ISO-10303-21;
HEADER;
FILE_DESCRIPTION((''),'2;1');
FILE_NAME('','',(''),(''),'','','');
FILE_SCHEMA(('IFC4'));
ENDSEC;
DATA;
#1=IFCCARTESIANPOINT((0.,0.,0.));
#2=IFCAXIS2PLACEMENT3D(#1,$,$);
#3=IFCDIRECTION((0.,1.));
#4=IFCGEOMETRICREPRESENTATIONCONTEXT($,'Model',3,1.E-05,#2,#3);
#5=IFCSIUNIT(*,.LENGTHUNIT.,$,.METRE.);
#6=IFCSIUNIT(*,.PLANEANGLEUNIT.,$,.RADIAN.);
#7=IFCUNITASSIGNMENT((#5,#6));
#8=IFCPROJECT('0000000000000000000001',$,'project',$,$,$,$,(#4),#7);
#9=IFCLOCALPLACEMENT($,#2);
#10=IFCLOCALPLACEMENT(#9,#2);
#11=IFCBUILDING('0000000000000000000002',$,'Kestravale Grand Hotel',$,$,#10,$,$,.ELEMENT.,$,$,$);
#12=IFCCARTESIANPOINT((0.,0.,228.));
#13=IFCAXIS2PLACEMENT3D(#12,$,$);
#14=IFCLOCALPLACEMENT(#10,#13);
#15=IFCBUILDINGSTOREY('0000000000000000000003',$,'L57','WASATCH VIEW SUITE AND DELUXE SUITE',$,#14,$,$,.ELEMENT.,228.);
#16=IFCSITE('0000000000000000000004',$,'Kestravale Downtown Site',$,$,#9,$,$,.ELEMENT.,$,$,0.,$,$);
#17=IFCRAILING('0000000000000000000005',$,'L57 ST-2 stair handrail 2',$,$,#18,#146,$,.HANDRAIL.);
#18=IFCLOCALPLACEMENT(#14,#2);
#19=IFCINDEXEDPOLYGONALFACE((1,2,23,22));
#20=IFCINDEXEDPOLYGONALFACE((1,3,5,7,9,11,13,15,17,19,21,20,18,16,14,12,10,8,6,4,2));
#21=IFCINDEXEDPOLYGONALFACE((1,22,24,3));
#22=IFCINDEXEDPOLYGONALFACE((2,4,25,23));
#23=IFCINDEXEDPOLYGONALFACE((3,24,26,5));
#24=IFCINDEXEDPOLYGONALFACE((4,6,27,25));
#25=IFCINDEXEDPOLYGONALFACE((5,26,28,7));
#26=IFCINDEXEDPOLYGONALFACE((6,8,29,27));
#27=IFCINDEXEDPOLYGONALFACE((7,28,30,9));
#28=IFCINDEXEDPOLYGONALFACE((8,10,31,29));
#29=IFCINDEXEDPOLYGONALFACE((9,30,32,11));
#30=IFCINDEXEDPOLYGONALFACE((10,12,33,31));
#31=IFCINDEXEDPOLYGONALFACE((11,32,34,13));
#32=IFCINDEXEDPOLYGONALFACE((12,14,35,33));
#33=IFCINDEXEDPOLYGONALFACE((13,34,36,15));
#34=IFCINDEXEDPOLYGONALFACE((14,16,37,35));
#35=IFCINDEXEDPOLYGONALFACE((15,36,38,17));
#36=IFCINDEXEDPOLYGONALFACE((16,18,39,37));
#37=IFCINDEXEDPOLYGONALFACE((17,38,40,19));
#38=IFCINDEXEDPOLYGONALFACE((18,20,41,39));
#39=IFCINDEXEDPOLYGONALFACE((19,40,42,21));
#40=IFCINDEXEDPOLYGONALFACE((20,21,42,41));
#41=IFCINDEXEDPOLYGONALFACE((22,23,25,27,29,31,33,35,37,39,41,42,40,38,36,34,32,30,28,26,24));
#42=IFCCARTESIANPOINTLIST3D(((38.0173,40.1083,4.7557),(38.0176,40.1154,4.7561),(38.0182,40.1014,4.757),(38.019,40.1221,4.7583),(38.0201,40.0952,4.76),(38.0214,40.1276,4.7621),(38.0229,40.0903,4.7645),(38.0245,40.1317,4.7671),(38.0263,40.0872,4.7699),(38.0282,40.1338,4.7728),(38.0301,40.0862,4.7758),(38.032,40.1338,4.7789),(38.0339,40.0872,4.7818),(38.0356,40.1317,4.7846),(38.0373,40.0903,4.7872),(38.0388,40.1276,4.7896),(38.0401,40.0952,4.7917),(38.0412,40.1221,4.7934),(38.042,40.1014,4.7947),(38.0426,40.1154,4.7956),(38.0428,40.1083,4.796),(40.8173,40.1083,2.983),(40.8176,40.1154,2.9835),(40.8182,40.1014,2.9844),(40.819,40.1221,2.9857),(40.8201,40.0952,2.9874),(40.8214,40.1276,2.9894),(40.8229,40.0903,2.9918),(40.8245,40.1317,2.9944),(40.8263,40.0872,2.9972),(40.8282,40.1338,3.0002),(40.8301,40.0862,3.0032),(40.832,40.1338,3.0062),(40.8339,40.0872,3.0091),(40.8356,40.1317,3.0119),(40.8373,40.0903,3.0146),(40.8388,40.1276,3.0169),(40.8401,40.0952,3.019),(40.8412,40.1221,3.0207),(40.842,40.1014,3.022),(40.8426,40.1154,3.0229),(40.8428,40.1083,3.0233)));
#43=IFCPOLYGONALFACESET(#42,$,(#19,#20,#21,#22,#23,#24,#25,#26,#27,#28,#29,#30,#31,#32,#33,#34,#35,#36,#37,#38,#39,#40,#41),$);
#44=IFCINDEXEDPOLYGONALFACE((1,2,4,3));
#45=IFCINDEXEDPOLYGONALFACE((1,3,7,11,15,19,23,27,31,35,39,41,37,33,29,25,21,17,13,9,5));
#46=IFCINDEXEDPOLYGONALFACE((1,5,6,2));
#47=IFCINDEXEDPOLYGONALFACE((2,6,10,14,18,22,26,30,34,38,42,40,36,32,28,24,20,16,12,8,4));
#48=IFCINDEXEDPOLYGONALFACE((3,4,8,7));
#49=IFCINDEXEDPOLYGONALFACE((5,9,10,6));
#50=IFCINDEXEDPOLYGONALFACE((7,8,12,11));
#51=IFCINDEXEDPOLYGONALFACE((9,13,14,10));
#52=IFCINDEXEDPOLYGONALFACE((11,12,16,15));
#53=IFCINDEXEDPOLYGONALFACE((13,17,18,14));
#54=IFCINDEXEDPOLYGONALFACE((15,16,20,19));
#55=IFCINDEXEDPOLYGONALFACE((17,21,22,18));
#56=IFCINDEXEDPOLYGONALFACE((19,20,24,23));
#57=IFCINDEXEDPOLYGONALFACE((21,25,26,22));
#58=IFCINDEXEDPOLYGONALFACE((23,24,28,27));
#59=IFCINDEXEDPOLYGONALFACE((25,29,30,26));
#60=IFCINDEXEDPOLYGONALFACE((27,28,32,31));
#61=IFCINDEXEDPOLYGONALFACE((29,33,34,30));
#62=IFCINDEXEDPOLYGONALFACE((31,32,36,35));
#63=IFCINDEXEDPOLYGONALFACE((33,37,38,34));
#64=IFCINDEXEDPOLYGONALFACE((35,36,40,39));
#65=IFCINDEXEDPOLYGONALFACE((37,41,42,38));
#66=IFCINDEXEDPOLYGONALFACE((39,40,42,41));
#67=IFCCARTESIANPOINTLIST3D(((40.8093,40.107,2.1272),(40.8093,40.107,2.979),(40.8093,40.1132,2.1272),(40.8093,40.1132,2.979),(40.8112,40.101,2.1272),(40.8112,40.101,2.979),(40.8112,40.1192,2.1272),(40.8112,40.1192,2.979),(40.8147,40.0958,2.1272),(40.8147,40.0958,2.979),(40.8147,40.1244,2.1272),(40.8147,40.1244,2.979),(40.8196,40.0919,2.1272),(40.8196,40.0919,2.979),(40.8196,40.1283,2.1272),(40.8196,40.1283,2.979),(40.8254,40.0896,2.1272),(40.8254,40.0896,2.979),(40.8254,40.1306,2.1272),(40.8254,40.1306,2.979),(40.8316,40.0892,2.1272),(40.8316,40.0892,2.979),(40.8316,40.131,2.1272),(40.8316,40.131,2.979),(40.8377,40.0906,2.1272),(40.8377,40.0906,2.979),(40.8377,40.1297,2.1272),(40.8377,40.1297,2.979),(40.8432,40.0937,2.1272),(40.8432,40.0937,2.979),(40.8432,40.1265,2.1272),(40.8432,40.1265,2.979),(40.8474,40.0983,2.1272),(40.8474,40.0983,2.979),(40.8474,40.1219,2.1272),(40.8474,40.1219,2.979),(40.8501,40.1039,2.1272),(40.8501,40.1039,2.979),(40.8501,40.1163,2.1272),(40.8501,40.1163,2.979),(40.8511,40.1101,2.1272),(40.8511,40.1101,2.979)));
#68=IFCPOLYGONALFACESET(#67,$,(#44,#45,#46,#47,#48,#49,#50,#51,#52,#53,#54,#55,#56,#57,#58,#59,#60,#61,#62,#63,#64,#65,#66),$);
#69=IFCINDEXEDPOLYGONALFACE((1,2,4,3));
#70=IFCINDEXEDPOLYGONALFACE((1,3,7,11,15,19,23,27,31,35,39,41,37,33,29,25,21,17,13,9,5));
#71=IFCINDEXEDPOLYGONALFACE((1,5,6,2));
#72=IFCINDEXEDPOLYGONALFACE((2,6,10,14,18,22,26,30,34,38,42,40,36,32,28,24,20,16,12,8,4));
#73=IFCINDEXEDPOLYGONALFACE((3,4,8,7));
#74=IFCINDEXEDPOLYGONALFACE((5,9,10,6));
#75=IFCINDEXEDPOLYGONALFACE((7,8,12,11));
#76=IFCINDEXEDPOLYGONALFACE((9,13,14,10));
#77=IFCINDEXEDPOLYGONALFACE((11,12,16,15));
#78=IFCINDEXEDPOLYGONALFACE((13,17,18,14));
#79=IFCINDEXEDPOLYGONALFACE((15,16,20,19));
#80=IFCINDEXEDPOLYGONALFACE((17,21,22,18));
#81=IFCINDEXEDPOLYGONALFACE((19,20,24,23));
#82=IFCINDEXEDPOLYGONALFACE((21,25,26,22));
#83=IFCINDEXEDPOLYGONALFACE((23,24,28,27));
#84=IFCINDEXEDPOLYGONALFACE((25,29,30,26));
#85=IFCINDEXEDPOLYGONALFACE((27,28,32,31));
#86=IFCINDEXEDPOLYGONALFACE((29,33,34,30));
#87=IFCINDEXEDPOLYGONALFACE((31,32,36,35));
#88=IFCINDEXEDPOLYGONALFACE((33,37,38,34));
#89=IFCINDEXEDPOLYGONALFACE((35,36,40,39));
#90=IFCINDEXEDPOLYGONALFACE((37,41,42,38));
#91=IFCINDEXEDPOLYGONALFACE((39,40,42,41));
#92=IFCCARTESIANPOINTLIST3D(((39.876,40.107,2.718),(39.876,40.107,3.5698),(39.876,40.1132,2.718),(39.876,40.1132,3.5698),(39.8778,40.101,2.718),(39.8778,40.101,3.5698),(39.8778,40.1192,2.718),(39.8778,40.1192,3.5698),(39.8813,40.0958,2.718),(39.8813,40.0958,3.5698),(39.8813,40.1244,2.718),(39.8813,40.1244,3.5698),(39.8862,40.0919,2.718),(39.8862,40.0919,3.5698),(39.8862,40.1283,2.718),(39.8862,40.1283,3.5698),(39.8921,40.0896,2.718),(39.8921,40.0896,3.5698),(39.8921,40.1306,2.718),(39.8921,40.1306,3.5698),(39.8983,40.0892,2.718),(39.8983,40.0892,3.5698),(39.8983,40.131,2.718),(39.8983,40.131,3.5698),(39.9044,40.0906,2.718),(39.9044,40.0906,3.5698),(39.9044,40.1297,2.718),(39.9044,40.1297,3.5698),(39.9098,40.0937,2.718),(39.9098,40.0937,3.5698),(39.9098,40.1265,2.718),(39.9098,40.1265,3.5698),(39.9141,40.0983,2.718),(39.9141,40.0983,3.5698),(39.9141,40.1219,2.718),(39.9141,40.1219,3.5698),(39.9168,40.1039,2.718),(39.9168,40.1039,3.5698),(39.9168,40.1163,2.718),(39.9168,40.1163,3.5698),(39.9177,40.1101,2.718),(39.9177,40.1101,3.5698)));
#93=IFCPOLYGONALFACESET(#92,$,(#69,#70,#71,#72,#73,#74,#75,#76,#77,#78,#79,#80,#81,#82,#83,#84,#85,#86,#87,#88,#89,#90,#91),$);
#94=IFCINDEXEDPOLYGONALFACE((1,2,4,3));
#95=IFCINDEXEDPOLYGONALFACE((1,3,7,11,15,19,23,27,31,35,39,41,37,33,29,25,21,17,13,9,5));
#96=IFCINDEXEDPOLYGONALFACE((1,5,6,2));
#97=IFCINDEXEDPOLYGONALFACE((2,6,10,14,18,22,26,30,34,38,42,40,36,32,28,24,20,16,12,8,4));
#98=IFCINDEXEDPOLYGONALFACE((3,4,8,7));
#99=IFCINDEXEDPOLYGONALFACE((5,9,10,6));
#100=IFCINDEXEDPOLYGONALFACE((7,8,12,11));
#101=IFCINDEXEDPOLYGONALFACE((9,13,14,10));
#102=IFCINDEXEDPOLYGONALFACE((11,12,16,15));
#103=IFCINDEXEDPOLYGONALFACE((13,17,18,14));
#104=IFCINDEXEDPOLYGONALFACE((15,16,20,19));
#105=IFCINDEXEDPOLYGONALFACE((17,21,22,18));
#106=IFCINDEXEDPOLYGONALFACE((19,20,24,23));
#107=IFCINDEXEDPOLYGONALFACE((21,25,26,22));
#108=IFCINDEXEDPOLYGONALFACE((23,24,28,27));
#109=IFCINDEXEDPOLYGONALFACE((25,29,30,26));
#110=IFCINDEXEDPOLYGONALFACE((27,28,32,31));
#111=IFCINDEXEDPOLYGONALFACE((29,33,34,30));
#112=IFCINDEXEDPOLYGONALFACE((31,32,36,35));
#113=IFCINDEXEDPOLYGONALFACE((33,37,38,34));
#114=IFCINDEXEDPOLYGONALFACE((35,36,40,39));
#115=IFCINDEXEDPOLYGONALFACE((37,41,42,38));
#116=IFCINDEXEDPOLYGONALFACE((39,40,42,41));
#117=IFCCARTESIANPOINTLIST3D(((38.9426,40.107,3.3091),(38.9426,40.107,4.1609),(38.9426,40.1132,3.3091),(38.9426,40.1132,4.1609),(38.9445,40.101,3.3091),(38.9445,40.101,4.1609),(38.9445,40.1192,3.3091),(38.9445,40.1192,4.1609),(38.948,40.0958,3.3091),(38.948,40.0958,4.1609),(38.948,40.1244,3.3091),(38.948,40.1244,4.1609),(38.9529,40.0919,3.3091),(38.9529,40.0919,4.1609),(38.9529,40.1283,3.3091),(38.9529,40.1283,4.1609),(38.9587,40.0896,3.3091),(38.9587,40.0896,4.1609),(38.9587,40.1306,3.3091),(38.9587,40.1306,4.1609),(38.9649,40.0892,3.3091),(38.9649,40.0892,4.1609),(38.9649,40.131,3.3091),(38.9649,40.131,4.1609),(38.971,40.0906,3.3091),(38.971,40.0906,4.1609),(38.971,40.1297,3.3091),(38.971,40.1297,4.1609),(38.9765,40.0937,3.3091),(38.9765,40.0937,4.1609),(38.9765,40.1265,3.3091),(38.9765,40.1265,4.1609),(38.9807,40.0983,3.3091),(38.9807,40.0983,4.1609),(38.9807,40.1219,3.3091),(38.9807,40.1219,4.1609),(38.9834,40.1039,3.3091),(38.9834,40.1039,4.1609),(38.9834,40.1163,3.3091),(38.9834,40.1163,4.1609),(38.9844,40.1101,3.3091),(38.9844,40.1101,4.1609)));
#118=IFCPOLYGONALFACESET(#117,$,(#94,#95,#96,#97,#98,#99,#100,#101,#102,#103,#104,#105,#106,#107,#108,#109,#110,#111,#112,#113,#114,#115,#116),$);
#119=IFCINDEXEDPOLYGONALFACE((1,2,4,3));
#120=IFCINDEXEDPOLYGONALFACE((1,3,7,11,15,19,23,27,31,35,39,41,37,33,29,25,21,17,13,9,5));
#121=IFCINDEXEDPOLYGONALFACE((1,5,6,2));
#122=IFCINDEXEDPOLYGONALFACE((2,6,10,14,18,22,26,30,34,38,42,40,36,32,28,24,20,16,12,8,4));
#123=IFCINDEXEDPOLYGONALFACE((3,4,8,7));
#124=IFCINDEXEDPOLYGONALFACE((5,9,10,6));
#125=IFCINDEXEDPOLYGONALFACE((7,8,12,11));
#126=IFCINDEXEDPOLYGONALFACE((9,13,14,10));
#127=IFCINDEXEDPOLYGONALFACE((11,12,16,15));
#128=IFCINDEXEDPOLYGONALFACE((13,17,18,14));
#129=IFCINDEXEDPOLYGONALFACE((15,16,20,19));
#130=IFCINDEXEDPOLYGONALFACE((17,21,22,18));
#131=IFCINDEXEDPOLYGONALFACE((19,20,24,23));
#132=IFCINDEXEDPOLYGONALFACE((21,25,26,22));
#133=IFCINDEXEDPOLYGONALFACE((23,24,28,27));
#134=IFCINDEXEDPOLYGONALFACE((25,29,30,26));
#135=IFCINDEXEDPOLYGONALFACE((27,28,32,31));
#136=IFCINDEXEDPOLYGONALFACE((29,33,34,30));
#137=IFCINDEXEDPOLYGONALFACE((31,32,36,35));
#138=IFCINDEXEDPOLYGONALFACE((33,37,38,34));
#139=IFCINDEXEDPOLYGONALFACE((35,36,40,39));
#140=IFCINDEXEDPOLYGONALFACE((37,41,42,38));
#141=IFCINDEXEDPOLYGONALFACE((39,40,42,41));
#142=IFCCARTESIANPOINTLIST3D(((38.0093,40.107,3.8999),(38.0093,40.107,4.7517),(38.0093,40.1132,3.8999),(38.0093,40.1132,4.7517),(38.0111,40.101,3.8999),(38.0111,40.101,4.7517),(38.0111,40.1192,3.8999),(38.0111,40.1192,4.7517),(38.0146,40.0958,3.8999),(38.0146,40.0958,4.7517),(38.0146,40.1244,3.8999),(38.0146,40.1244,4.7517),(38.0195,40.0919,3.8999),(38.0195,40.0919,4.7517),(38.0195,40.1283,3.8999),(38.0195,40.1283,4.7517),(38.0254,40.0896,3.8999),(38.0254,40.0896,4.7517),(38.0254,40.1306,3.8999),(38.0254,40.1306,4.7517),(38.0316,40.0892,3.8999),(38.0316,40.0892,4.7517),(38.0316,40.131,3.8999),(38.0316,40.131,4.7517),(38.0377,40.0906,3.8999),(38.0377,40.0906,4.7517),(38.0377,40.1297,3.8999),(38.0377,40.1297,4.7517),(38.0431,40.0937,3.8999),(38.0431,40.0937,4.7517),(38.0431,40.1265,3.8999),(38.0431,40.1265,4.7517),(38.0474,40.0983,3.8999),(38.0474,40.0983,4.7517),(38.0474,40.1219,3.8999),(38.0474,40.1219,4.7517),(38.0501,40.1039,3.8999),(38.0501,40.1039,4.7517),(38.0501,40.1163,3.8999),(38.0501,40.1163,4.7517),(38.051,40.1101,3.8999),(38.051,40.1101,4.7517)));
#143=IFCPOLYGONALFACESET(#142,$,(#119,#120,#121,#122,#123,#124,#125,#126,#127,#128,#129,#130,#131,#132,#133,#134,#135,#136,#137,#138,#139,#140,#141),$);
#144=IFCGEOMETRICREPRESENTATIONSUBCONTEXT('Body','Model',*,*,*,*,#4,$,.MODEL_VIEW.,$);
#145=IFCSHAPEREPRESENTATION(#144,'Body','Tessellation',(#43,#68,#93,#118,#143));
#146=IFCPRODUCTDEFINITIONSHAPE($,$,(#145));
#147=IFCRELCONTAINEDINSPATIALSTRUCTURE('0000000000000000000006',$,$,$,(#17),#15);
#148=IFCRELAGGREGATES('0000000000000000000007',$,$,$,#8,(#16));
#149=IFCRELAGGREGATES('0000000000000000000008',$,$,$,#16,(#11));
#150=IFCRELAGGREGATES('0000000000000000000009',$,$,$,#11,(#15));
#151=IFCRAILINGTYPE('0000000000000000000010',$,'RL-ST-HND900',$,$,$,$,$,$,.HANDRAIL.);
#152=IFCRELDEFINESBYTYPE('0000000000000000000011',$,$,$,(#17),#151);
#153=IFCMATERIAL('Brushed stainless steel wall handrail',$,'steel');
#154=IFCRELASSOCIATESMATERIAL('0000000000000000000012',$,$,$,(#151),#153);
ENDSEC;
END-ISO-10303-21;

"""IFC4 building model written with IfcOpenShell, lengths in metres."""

from ifc_helpers import new_model, si_unit, direction, frame, origin, origin_2d, place, context, subcontext, project, spatial, circle, extrude, material, type_object, element, save


model = new_model("IFC4")

# Units and contexts
model_context = context("Model", 3, precision=1e-05, world=origin(), true_north=direction((0.0, 1.0)))
body_context = subcontext(model_context, "Body", "Model", "MODEL_VIEW")
ifc_project = project(units=[si_unit("LENGTHUNIT", "METRE"), si_unit("PLANEANGLEUNIT", "RADIAN")], contexts=[model_context])

# Site, building, storey
site_placement = place(None, origin())
site = spatial("IfcSite", under=ifc_project, at=site_placement, Name="Kestravale Downtown Site", CompositionType="ELEMENT", RefElevation=0.0)
building_placement = place(site_placement, origin())
building = spatial("IfcBuilding", under=site, at=building_placement, Name="Kestravale Grand Hotel", CompositionType="ELEMENT")
storey_placement = place(building_placement, frame((0.0, 0.0, 228.0)))
storey = spatial("IfcBuildingStorey", under=building, at=storey_placement, Name="L57", Description="WASATCH VIEW SUITE AND DELUXE SUITE", CompositionType="ELEMENT", Elevation=228.0)

# Railing
ifc_material_1 = material(Name="Brushed stainless steel wall handrail", Category="steel")
railing_type_1 = type_object("IfcRailingType", Name="RL-ST-HND900", PredefinedType="HANDRAIL", material=ifc_material_1)
railing_1_placement = place(storey_placement, frame((40.8301, 40.1101, 2.1272)))
element("IfcRailing", 1, at=railing_1_placement, inside=storey, type_object=railing_type_1, Name="L57 ST-2 stair handrail 2", PredefinedType="HANDRAIL", context=body_context, shape_type="SweptSolid", body=[
    extrude(circle(Radius=0.0239, at=origin_2d()), frame((0.0, 0.0, 0.876), z_axis=(-0.844909, 0.0, 0.53491), x_axis=(0.0, -1.0, 0.0)), (0.0, 0.0, 1.0), 3.314),
    extrude(circle(Radius=0.021, at=origin_2d()), origin(), (0.0, 0.0, 1.0), 0.8518),
    extrude(circle(Radius=0.021, at=origin_2d()), frame((-0.9333, 0.0, 0.5908)), (0.0, 0.0, 1.0), 0.8518),
    extrude(circle(Radius=0.021, at=origin_2d()), frame((-1.8667, 0.0, 1.1819)), (0.0, 0.0, 1.0), 0.8518),
    extrude(circle(Radius=0.021, at=origin_2d()), frame((-2.8, 0.0, 1.7727)), (0.0, 0.0, 1.0), 0.8518),
])

save(model, "model.ifc")
